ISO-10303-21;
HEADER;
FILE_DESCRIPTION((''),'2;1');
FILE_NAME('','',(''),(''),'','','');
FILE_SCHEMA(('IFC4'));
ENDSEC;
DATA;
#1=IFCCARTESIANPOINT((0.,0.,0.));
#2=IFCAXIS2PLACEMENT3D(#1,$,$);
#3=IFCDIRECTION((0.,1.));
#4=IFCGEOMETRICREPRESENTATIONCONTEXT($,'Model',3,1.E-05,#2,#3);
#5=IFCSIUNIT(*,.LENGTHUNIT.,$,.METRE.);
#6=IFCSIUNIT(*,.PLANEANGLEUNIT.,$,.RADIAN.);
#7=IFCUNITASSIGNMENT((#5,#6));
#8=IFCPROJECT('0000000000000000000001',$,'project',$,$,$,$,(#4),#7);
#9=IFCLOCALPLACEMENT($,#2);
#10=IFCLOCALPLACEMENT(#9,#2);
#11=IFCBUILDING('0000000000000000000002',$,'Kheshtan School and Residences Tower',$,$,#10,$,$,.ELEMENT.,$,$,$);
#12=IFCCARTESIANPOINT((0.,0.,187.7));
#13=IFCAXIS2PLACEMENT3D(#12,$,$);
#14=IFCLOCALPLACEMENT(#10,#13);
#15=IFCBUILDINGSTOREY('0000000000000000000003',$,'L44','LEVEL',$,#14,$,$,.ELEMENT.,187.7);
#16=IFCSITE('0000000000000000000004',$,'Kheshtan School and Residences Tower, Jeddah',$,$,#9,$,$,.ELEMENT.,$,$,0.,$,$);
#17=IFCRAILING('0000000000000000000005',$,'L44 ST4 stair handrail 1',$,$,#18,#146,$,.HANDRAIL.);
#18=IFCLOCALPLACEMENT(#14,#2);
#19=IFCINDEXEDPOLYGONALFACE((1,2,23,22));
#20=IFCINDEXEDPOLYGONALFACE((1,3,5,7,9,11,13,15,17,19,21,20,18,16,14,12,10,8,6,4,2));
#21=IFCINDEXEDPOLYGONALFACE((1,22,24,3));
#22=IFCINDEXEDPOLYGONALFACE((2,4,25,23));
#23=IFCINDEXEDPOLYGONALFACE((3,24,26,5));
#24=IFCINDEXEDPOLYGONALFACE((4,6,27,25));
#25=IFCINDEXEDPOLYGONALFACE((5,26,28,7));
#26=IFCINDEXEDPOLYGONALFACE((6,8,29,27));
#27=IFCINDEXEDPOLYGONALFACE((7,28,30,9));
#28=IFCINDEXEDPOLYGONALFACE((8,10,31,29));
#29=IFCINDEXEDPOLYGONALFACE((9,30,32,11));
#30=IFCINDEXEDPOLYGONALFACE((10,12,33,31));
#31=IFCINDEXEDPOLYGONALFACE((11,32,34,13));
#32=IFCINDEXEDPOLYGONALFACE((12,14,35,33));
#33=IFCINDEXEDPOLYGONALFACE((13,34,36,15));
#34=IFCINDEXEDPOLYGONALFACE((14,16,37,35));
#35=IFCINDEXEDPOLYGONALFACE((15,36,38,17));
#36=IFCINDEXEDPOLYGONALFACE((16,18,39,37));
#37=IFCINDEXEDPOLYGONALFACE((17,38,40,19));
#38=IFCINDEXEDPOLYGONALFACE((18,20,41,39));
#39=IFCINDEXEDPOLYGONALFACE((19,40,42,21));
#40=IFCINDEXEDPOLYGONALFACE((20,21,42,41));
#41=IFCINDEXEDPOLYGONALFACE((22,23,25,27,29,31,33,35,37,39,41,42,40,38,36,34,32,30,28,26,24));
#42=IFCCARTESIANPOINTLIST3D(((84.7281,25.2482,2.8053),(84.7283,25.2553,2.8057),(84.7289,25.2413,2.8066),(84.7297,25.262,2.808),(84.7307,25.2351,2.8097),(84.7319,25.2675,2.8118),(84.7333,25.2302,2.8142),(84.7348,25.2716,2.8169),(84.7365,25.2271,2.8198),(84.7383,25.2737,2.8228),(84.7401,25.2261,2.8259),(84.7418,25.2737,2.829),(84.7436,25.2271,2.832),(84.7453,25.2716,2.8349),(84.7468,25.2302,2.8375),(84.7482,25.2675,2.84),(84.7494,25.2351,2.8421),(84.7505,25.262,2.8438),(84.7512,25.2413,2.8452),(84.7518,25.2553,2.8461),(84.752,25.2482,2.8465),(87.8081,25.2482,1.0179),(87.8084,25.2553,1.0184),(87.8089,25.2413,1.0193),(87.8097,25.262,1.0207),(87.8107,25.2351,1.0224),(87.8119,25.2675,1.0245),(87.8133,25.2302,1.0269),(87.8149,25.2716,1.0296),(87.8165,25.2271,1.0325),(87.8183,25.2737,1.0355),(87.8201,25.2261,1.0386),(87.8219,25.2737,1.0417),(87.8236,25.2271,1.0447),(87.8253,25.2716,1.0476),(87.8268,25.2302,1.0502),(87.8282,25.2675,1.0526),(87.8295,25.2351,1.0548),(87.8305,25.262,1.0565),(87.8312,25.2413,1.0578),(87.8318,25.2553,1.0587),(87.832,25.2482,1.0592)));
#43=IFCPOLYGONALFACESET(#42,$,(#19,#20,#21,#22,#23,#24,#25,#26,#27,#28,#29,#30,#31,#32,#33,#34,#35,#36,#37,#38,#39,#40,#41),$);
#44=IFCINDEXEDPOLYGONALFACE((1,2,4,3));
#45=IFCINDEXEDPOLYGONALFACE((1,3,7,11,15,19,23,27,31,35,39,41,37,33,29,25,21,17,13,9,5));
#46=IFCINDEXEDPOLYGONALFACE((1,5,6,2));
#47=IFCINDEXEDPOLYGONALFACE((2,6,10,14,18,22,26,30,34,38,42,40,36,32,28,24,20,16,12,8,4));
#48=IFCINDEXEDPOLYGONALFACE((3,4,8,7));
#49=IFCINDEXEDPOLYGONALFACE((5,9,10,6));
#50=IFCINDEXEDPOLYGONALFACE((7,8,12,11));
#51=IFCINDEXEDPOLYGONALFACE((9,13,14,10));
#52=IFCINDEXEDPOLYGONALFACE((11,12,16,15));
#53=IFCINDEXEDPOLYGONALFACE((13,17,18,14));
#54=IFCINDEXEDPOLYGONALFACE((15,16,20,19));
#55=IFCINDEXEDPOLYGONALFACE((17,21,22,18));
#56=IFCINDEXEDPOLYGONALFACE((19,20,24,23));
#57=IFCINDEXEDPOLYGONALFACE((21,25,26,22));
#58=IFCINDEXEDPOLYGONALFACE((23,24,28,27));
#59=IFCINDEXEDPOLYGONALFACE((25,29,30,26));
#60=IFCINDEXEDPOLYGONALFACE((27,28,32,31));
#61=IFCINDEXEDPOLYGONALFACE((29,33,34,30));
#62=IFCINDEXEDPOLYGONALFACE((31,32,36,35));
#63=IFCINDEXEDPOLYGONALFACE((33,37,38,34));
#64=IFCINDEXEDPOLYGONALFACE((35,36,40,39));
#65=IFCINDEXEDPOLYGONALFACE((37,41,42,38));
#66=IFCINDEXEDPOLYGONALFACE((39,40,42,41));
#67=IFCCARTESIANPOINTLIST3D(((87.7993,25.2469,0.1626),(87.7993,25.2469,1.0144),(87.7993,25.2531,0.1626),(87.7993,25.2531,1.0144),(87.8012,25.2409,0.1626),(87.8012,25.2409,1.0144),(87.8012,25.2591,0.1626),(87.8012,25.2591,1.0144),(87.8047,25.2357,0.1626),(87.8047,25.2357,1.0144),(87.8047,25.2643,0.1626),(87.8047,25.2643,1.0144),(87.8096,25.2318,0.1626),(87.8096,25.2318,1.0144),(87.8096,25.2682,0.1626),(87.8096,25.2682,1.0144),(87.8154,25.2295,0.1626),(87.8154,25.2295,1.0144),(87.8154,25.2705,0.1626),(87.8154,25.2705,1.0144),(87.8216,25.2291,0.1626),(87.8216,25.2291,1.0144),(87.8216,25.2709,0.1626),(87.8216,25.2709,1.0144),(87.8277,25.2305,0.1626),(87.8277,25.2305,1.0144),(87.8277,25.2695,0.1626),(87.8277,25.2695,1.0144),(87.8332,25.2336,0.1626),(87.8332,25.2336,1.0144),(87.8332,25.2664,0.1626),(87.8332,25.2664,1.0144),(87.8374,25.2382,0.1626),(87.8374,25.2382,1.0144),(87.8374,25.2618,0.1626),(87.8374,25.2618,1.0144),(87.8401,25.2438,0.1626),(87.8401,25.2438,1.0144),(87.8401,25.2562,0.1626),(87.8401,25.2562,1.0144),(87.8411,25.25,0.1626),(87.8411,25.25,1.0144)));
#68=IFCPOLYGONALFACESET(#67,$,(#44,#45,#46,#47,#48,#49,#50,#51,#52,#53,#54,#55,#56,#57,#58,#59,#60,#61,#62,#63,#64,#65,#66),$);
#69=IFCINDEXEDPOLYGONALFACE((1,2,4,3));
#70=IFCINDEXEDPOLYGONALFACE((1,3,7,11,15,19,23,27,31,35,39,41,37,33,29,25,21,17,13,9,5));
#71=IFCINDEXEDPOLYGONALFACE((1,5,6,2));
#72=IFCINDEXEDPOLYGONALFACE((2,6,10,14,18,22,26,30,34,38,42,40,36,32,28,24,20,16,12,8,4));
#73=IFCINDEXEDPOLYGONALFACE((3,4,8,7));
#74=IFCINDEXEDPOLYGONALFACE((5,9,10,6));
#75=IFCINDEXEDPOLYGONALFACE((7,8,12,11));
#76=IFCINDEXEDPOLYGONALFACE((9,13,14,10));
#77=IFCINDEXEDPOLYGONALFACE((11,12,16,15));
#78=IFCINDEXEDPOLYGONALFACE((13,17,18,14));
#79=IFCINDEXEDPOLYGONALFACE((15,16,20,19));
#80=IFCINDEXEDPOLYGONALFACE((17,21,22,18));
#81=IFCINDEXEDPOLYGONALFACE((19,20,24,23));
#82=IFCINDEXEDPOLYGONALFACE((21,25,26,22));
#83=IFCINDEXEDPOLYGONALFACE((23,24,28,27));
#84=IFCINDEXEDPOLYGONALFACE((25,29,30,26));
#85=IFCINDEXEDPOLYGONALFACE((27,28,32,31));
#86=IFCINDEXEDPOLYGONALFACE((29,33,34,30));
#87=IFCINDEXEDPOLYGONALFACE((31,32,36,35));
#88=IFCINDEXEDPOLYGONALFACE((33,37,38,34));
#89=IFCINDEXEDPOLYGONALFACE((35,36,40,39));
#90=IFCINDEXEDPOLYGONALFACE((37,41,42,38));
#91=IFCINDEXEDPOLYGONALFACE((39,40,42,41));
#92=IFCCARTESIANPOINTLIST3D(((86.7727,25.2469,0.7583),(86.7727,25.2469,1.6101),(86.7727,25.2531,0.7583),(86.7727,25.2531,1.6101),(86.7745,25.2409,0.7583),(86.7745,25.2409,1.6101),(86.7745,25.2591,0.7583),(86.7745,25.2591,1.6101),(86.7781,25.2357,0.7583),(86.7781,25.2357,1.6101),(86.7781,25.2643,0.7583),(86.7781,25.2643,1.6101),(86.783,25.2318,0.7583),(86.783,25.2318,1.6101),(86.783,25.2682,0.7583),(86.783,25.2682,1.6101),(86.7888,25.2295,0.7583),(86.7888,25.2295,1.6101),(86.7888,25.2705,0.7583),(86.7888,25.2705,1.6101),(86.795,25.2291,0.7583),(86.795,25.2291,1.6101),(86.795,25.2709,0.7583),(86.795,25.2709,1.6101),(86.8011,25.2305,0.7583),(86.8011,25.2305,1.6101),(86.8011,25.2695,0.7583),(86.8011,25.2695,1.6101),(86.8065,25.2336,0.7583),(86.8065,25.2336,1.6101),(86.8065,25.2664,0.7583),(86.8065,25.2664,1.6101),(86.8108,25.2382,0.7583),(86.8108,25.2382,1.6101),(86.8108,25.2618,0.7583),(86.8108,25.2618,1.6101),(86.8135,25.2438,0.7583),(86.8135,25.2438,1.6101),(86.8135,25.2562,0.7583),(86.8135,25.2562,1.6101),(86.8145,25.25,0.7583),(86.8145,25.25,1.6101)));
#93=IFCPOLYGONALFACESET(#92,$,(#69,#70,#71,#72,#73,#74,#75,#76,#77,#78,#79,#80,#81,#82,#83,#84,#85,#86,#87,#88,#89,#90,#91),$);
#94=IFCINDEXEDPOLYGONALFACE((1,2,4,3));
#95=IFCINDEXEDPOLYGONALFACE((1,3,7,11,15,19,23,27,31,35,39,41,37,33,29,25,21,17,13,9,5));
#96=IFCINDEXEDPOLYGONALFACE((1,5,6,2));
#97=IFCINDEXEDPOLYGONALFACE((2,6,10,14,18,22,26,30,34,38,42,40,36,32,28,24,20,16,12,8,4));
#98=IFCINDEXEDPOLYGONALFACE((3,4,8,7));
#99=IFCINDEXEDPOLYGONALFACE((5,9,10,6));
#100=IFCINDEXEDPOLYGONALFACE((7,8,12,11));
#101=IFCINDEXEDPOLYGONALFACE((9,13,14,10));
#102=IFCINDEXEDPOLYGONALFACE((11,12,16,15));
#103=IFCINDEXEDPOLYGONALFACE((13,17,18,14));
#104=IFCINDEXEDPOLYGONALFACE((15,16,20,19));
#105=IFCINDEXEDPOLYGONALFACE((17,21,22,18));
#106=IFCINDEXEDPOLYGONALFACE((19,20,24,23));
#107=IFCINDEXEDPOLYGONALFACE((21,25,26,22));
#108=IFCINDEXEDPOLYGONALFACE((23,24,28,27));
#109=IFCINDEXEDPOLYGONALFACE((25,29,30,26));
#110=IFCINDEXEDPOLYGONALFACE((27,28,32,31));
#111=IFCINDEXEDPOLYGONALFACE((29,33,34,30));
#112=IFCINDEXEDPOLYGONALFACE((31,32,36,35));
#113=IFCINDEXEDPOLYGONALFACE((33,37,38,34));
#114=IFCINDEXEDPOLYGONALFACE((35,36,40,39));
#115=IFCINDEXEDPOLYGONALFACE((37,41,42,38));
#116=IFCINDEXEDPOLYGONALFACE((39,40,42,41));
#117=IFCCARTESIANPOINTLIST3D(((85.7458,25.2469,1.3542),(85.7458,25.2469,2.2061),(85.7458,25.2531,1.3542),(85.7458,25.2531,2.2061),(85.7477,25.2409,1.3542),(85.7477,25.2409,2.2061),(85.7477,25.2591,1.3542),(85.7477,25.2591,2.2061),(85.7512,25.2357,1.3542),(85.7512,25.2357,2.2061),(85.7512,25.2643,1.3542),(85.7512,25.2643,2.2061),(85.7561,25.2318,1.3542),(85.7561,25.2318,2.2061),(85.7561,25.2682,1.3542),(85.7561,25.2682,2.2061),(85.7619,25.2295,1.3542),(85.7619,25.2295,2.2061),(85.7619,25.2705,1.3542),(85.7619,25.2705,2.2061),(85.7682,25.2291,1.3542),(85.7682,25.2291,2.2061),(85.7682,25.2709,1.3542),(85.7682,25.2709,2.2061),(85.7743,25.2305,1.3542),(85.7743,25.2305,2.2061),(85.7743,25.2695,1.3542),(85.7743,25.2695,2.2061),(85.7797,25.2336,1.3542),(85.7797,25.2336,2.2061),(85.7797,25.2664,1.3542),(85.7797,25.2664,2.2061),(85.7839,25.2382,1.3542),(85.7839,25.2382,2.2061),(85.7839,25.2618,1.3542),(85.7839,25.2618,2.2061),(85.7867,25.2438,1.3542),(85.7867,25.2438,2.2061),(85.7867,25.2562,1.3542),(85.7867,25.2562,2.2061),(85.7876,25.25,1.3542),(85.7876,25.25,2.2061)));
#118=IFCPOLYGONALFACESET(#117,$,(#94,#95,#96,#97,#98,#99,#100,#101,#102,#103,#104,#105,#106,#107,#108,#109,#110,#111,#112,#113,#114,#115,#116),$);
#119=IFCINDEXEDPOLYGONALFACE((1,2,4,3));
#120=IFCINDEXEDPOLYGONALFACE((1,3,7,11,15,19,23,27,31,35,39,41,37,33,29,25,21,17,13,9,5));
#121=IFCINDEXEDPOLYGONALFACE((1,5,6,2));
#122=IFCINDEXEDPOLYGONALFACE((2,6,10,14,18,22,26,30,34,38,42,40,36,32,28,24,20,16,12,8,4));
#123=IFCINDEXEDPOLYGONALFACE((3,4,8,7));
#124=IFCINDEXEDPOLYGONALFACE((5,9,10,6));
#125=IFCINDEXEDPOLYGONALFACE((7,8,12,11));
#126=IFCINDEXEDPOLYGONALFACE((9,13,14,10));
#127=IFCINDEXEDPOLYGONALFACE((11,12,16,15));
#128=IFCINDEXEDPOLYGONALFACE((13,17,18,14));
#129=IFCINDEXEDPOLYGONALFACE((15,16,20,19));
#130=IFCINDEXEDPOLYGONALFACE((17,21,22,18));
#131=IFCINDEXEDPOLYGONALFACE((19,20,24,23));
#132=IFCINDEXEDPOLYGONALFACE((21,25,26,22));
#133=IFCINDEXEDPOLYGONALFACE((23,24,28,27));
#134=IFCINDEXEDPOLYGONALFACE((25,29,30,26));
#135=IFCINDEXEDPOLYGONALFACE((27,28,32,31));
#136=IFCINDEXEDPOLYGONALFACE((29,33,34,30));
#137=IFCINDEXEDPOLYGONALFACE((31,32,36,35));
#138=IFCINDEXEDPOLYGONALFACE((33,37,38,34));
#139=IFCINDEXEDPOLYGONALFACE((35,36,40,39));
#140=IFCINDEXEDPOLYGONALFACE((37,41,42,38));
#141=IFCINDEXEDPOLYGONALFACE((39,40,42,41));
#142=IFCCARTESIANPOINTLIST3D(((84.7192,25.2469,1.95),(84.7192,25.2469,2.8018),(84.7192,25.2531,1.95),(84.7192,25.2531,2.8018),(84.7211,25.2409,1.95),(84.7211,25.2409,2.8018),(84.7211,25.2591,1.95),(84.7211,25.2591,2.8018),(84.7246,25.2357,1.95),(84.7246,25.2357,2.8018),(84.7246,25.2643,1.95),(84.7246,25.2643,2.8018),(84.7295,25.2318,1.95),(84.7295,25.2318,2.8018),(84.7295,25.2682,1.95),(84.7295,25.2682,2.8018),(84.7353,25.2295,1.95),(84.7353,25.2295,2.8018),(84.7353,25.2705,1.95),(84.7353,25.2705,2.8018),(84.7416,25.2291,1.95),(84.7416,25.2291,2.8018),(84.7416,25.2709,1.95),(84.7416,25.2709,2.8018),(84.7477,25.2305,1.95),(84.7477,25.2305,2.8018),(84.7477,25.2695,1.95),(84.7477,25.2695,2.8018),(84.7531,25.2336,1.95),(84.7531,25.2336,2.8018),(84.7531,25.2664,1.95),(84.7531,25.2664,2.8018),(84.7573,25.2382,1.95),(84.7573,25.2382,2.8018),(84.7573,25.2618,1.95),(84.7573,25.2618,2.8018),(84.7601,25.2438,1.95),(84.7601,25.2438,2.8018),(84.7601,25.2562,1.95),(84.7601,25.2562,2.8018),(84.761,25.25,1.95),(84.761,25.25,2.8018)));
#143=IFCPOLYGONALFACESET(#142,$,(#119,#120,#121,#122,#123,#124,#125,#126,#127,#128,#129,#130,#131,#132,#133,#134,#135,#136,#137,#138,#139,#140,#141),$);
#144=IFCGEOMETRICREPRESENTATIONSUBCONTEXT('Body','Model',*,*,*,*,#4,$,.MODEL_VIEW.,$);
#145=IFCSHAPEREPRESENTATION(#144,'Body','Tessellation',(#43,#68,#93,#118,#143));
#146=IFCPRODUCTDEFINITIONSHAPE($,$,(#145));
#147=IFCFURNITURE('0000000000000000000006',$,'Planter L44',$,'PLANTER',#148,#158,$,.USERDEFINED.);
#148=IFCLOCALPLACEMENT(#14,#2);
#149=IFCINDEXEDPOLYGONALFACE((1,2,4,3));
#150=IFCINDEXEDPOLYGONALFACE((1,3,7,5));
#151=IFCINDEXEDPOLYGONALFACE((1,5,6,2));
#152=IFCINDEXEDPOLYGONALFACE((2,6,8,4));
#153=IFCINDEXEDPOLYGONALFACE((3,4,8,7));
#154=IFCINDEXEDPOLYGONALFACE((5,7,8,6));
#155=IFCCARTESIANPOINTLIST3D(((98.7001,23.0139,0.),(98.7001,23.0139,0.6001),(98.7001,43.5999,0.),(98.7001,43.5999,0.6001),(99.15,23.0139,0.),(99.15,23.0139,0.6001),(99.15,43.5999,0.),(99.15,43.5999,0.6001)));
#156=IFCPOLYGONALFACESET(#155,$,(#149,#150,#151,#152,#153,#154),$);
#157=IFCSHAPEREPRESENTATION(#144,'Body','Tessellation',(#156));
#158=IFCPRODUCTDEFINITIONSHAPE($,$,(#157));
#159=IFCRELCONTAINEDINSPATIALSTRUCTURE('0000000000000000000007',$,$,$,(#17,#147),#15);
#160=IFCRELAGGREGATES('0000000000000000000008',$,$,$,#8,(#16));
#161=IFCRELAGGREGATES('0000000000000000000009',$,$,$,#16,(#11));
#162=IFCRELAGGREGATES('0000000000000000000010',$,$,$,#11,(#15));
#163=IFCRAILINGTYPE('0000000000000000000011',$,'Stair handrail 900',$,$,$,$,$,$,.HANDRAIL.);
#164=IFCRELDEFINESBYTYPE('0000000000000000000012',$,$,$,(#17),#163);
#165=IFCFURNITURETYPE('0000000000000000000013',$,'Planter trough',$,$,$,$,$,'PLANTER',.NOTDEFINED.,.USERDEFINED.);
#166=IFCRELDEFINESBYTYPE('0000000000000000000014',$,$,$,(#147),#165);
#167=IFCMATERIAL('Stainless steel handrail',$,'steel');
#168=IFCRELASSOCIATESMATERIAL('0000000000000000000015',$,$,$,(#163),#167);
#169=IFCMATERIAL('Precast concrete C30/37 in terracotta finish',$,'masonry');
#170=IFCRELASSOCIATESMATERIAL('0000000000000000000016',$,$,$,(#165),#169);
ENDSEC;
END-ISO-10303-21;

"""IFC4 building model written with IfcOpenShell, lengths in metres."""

from ifc_helpers import new_model, si_unit, direction, frame, origin, origin_2d, place, context, subcontext, project, spatial, rectangle, circle, extrude, material, type_object, element, save


model = new_model("IFC4")

# Units and contexts
model_context = context("Model", 3, precision=1e-05, world=origin(), true_north=direction((0.0, 1.0)))
body_context = subcontext(model_context, "Body", "Model", "MODEL_VIEW")
ifc_project = project(units=[si_unit("LENGTHUNIT", "METRE"), si_unit("PLANEANGLEUNIT", "RADIAN")], contexts=[model_context])

# Site, building, storey
site_placement = place(None, origin())
site = spatial("IfcSite", under=ifc_project, at=site_placement, Name="Kheshtan School and Residences Tower, Jeddah", CompositionType="ELEMENT", RefElevation=0.0)
building_placement = place(site_placement, origin())
building = spatial("IfcBuilding", under=site, at=building_placement, Name="Kheshtan School and Residences Tower", CompositionType="ELEMENT")
storey_placement = place(building_placement, frame((0.0, 0.0, 187.7)))
storey = spatial("IfcBuildingStorey", under=building, at=storey_placement, Name="L44", Description="LEVEL", CompositionType="ELEMENT", Elevation=187.7)

# Railing
ifc_material_1 = material(Name="Stainless steel handrail", Category="steel")
railing_type_1 = type_object("IfcRailingType", Name="Stair handrail 900", PredefinedType="HANDRAIL", material=ifc_material_1)
railing_1_placement = place(storey_placement, frame((87.8201, 25.25, 0.1626)))
element("IfcRailing", 1, at=railing_1_placement, inside=storey, type_object=railing_type_1, Name="L44 ST4 stair handrail 1", PredefinedType="HANDRAIL", context=body_context, shape_type="SweptSolid", body=[
    extrude(circle(Radius=0.0239, at=origin_2d()), frame((0.0, 0.0, 0.876), z_axis=(-0.86492, 0.0, 0.501909), x_axis=(0.0, -1.0, 0.0)), (0.0, 0.0, 1.0), 3.561),
    extrude(circle(Radius=0.021, at=origin_2d()), origin(), (0.0, 0.0, 1.0), 0.8518),
    extrude(circle(Radius=0.021, at=origin_2d()), frame((-1.0266, 0.0, 0.5957)), (0.0, 0.0, 1.0), 0.8518),
    extrude(circle(Radius=0.021, at=origin_2d()), frame((-2.0535, 0.0, 1.1917)), (0.0, 0.0, 1.0), 0.8518),
    extrude(circle(Radius=0.021, at=origin_2d()), frame((-3.0801, 0.0, 1.7874)), (0.0, 0.0, 1.0), 0.8518),
])

# Furniture
ifc_material_2 = material(Name="Precast concrete C30/37 in terracotta finish", Category="masonry")
furniture_type = type_object("IfcFurnitureType", Name="Planter trough", ElementType="PLANTER", AssemblyPlace="NOTDEFINED", PredefinedType="USERDEFINED", material=ifc_material_2)
furniture_placement = place(storey_placement, frame((98.925, 33.3069, 0.0), z_axis=(0.0, 0.0, 1.0), x_axis=(0.0, -1.0, 0.0)))
element("IfcFurniture", 2, at=furniture_placement, inside=storey, type_object=furniture_type, Name="Planter L44", ObjectType="PLANTER", PredefinedType="USERDEFINED", context=body_context, shape_type="SweptSolid", body=[
    extrude(rectangle(XDim=20.5859, YDim=0.45, at=origin_2d()), origin(), (0.0, 0.0, 1.0), 0.6001),
])

save(model, "model.ifc")
